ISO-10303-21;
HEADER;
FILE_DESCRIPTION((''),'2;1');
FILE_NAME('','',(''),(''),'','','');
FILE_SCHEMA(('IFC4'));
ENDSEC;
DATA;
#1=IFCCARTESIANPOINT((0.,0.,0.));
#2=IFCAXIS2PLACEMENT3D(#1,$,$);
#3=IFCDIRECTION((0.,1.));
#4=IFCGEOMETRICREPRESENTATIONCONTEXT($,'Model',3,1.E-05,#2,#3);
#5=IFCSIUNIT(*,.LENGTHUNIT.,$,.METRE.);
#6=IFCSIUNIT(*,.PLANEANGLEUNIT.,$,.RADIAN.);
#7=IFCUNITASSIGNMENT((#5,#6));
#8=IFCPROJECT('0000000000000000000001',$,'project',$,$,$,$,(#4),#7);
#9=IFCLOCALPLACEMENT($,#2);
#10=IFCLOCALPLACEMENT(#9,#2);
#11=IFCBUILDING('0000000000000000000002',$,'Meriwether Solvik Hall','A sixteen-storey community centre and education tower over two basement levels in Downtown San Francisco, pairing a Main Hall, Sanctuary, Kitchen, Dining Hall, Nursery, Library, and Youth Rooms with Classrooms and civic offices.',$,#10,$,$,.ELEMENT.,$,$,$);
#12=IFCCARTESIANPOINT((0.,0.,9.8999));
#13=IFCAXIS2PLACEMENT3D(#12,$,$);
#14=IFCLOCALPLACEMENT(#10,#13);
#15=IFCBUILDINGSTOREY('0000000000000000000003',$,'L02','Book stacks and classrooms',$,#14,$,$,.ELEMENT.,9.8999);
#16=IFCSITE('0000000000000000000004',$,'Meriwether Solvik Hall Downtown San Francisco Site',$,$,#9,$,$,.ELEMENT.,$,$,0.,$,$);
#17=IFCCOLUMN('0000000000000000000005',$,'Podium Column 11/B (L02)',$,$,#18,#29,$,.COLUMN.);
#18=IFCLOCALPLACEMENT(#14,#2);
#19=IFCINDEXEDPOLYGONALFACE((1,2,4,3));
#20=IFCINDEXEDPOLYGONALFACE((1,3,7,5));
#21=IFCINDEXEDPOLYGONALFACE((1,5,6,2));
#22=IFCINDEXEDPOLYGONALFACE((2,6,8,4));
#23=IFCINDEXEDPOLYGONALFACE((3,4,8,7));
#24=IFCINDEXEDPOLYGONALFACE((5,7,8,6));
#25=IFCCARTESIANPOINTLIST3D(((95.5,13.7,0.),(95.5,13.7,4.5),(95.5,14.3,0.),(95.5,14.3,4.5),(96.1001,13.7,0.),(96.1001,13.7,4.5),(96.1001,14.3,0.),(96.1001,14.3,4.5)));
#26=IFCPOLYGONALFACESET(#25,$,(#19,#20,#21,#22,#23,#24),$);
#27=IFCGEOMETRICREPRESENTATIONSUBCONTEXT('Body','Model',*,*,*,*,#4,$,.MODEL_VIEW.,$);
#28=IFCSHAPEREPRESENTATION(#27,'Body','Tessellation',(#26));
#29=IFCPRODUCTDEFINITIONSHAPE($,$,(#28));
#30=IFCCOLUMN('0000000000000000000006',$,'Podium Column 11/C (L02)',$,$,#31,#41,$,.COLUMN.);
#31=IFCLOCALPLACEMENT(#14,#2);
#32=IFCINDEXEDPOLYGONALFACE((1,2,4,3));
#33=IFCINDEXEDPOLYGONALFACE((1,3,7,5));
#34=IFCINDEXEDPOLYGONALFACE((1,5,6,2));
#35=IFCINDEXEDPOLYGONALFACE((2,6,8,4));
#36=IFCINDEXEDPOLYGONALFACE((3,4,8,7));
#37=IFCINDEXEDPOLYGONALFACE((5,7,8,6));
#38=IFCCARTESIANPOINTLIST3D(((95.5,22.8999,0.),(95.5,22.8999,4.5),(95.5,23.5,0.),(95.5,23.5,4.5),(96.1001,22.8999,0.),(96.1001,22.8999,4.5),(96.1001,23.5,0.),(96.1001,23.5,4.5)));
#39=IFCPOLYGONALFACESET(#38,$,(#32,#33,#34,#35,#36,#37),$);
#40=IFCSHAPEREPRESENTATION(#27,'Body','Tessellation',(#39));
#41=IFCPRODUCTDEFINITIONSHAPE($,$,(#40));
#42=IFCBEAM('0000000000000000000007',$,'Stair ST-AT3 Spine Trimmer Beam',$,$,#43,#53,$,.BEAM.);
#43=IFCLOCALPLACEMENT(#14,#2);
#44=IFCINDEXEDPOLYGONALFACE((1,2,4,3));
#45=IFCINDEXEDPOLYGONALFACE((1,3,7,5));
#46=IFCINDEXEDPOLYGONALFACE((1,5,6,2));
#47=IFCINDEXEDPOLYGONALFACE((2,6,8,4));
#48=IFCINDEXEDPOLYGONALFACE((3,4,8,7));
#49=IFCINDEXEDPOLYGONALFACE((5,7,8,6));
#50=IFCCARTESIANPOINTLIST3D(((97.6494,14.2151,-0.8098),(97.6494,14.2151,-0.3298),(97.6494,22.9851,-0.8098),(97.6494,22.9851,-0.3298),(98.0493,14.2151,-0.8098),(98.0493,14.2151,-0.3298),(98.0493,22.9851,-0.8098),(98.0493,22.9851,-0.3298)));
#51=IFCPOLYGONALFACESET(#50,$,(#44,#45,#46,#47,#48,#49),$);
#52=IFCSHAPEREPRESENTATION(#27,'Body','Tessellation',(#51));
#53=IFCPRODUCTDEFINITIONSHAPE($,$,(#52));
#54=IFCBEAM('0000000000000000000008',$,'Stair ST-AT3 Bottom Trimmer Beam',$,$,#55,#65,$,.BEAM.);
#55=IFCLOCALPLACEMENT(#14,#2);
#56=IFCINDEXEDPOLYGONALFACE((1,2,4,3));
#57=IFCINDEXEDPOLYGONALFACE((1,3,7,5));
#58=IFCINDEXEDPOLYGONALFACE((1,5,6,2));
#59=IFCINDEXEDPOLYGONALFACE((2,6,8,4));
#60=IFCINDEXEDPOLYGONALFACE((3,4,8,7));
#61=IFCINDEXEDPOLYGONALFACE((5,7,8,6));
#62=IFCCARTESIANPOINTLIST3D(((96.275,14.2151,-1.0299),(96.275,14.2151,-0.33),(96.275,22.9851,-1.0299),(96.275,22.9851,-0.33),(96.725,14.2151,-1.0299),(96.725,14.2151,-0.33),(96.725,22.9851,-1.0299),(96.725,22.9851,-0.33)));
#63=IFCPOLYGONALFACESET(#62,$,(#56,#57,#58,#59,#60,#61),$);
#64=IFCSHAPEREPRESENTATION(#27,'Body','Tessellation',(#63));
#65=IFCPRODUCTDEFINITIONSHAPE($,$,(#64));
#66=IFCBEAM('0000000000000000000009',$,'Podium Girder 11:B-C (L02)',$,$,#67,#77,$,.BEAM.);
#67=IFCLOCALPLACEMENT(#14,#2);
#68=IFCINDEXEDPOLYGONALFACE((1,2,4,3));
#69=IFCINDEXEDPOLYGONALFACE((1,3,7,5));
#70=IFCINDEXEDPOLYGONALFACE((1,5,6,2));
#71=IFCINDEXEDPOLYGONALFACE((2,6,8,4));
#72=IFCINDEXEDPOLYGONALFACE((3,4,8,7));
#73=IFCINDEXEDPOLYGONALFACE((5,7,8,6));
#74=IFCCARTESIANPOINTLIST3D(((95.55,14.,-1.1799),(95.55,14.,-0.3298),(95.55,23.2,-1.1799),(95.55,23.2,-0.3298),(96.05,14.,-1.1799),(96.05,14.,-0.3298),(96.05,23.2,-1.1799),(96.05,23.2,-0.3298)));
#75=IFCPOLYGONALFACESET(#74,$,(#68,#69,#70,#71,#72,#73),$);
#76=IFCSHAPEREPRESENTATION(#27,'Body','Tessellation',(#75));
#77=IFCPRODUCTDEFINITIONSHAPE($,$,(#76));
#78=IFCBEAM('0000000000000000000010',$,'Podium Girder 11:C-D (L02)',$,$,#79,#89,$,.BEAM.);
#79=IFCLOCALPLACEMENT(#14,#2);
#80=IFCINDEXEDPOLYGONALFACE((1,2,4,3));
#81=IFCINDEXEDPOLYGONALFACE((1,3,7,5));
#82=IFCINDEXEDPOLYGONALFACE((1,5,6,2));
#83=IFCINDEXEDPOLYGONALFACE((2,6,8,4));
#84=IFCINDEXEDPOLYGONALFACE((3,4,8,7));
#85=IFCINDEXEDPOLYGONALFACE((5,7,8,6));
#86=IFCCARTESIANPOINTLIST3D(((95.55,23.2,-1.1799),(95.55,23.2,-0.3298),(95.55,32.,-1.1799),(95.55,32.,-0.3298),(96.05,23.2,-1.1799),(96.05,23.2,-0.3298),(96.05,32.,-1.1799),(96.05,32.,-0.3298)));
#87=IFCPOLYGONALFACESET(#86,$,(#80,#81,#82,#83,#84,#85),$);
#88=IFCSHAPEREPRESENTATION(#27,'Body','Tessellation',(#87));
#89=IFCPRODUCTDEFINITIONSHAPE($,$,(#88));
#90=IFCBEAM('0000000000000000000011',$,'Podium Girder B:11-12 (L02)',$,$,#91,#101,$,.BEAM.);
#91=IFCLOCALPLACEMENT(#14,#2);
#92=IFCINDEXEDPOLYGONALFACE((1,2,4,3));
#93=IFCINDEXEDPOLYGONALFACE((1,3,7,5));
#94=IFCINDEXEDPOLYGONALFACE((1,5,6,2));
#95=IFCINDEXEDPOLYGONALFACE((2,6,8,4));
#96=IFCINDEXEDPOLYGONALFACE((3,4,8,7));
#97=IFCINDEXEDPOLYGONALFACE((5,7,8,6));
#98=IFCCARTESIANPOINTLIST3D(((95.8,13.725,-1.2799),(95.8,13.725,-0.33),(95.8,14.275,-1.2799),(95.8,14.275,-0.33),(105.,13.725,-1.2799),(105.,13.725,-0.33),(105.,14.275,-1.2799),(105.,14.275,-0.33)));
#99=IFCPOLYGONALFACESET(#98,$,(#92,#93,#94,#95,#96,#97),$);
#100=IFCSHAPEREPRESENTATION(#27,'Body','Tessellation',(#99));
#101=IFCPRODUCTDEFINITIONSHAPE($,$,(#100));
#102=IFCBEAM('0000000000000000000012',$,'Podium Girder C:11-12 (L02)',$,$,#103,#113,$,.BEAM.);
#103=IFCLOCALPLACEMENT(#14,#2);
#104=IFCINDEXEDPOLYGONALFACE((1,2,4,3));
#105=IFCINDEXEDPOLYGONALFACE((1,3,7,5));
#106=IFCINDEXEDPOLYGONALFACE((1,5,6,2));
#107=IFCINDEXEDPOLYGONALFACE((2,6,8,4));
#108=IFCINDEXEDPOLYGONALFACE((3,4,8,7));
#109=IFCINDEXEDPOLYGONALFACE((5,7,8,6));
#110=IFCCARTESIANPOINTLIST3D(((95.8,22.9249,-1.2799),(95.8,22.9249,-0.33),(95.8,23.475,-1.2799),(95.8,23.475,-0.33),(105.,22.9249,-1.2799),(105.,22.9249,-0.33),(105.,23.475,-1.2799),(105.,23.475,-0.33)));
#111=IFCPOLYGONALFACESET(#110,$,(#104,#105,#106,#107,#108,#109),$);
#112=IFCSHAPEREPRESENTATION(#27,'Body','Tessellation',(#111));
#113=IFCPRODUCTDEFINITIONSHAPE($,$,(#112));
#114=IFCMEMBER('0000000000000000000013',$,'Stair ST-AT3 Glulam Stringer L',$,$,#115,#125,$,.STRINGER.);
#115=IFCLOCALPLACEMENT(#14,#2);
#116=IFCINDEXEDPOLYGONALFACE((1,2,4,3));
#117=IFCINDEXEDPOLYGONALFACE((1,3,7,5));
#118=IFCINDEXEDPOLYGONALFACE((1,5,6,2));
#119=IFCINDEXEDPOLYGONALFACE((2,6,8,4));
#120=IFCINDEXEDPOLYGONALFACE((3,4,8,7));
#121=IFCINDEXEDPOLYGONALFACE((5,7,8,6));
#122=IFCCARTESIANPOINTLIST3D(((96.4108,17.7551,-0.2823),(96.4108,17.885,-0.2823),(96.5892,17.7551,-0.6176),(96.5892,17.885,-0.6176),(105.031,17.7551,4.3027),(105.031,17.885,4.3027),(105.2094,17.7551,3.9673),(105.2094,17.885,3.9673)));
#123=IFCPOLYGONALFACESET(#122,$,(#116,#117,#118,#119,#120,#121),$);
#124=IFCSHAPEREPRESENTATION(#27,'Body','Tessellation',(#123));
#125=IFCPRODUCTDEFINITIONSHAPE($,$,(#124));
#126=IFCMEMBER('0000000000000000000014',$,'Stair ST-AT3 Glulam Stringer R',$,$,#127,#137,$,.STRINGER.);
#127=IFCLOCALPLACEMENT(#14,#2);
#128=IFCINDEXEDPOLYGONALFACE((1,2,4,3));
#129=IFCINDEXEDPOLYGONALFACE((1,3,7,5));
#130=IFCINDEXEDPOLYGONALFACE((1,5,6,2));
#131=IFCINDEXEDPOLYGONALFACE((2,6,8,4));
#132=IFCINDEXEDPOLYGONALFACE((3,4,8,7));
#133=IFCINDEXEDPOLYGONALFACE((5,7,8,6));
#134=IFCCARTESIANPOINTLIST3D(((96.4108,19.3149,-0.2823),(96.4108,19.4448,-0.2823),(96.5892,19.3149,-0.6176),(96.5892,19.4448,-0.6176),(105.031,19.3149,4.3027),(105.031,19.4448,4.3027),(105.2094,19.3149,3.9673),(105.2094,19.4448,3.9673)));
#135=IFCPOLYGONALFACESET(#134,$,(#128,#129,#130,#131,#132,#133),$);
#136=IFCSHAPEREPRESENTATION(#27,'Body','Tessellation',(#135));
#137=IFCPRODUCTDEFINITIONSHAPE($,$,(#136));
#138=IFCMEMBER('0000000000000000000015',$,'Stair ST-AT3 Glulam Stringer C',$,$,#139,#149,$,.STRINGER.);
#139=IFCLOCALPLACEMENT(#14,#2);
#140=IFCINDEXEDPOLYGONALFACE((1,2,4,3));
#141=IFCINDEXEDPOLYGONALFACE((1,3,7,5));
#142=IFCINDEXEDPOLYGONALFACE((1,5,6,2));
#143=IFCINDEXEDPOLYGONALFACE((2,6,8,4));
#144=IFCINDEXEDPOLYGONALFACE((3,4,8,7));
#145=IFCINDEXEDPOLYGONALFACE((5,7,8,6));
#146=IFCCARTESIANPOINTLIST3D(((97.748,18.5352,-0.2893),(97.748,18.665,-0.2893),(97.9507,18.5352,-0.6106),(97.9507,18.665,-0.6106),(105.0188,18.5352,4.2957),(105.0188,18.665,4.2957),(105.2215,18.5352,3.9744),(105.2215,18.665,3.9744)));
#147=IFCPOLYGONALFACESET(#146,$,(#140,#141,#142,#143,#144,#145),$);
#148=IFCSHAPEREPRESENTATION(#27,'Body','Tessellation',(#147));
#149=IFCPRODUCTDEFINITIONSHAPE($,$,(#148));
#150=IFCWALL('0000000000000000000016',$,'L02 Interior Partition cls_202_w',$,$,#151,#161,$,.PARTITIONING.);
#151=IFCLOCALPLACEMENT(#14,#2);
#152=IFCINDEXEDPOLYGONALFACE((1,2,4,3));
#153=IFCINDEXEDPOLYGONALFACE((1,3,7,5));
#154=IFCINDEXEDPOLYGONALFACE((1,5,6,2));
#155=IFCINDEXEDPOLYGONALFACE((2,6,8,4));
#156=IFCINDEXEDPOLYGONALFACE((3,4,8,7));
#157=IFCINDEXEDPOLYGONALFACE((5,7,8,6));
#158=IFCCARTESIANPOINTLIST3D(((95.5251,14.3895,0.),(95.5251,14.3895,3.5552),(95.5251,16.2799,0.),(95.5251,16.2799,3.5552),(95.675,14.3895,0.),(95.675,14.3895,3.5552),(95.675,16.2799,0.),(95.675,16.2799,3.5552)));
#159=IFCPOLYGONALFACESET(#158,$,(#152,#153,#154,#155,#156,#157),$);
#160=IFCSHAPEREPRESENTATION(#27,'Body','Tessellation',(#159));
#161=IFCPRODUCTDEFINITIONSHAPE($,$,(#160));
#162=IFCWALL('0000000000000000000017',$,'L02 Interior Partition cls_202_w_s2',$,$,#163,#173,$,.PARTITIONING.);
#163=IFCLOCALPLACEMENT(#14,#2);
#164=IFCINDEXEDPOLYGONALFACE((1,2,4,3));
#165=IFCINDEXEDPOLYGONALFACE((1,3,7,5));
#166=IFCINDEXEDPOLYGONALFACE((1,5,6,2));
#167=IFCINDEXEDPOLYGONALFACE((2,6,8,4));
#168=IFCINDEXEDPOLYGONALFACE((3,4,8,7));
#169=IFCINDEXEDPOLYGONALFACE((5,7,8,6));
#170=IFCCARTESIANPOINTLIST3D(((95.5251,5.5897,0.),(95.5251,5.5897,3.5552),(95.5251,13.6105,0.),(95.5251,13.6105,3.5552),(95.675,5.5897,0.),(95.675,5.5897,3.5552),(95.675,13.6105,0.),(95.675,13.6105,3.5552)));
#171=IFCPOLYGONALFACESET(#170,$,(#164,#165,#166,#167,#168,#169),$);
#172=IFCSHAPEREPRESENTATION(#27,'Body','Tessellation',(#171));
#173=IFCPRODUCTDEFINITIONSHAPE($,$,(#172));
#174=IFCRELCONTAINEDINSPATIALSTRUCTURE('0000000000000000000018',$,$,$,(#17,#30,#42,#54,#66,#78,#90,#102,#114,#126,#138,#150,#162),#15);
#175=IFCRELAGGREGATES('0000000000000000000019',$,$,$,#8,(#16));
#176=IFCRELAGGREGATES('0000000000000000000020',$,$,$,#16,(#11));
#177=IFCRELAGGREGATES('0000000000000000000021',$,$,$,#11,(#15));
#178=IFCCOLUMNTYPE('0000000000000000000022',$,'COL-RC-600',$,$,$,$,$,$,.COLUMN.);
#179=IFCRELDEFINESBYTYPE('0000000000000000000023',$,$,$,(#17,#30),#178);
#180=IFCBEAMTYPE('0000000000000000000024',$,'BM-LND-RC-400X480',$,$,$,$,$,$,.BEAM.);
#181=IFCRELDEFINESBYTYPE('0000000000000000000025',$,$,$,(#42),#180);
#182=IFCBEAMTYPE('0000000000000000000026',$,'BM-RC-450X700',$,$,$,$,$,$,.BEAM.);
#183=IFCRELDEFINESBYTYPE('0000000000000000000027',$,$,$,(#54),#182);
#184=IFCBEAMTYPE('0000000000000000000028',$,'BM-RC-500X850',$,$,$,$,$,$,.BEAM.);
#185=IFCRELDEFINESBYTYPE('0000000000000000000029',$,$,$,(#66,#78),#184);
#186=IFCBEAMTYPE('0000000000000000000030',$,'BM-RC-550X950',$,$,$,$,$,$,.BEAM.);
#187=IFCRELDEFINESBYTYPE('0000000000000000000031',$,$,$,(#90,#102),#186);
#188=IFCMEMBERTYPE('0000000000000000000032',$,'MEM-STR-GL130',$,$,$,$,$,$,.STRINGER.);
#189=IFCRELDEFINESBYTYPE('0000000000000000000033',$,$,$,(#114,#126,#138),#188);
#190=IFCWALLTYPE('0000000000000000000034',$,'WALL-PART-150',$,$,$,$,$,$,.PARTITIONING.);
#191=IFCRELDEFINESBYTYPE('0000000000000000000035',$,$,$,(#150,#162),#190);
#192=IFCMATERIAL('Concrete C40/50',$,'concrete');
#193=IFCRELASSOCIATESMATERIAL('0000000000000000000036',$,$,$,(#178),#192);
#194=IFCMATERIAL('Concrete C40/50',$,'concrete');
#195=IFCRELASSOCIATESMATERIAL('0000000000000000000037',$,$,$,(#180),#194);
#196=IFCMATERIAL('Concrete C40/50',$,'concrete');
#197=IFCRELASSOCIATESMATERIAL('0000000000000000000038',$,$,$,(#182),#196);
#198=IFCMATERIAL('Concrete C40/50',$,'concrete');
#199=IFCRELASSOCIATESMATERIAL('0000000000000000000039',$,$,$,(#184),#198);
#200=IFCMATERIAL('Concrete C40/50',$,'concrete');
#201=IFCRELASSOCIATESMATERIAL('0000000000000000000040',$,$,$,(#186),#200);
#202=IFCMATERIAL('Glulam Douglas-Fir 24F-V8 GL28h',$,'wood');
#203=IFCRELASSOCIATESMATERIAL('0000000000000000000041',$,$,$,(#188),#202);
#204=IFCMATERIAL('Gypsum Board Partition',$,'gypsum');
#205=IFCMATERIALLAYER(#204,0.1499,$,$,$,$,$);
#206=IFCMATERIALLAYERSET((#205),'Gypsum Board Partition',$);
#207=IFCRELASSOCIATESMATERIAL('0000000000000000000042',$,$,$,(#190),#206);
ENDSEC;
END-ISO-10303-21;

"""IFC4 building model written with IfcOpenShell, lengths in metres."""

from ifc_helpers import new_model, si_unit, direction, frame, frame_2d, origin, origin_2d, place, context, subcontext, project, spatial, rectangle, extrude, material, layer, layer_set, material_profile, profile_set, type_object, element, save


model = new_model("IFC4")

# Units and contexts
model_context = context("Model", 3, precision=1e-05, world=origin(), true_north=direction((0.0, 1.0)))
body_context = subcontext(model_context, "Body", "Model", "MODEL_VIEW")
ifc_project = project(units=[si_unit("LENGTHUNIT", "METRE"), si_unit("PLANEANGLEUNIT", "RADIAN")], contexts=[model_context])

# Site, building, storey
site_placement = place(None, origin())
site = spatial("IfcSite", under=ifc_project, at=site_placement, Name="Meriwether Solvik Hall Downtown San Francisco Site", CompositionType="ELEMENT", RefElevation=0.0)
building_placement = place(site_placement, origin())
building = spatial("IfcBuilding", under=site, at=building_placement, Name="Meriwether Solvik Hall", Description="A sixteen-storey community centre and education tower over two basement levels in Downtown San Francisco, pairing a Main Hall, Sanctuary, Kitchen, Dining Hall, Nursery, Library, and Youth Rooms with Classrooms and civic offices.", CompositionType="ELEMENT")
storey_placement = place(building_placement, frame((0.0, 0.0, 9.8999)))
storey = spatial("IfcBuildingStorey", under=building, at=storey_placement, Name="L02", Description="Book stacks and classrooms", CompositionType="ELEMENT", Elevation=9.8999)

# Columns
ifc_material_1 = material(Name="Concrete C40/50", Category="concrete")
ifc_material_profile_1 = material_profile(ifc_material_1, rectangle(XDim=0.6001, YDim=0.6001, at=origin_2d()), Name="RCC-600X600")
ifc_profile_set_1 = profile_set([ifc_material_profile_1], Name="Concrete C40/50")
column_type = type_object("IfcColumnType", Name="COL-RC-600", PredefinedType="COLUMN", material=ifc_profile_set_1)
for number, where, z_axis, x_axis, name in (
    (1, (95.8, 14.0, 0.0), (0.0, 0.0, 1.0), (1.0, 0.0, 0.0), "Podium Column 11/B (L02)"),
    (2, (95.8, 23.2, 0.0), (0.0, 0.0, 1.0), (1.0, 0.0, 0.0), "Podium Column 11/C (L02)"),
):
    element("IfcColumn", number, at=place(storey_placement, frame(where, z_axis=z_axis, x_axis=x_axis)), inside=storey, type_object=column_type, Name=name, PredefinedType="COLUMN", context=body_context, shape_type="SweptSolid", body=[
        extrude(rectangle(XDim=0.6001, YDim=0.6001, at=origin_2d()), origin(), (0.0, 0.0, 1.0), 4.5),
    ])

# Beams
ifc_material_2 = material(Name="Concrete C40/50", Category="concrete")
ifc_material_profile_2 = material_profile(ifc_material_2, rectangle(XDim=0.3999, YDim=0.48, at=origin_2d()), Name="RCB-400X480")
ifc_profile_set_2 = profile_set([ifc_material_profile_2], Name="Concrete C40/50")
beam_type_1 = type_object("IfcBeamType", Name="BM-LND-RC-400X480", PredefinedType="BEAM", material=ifc_profile_set_2)
beam_1_placement = place(storey_placement, frame((97.8494, 14.2151, -0.5698), z_axis=(0.0, 1.0, 0.0), x_axis=(-1.0, 0.0, 0.0)))
element("IfcBeam", 3, at=beam_1_placement, inside=storey, type_object=beam_type_1, Name="Stair ST-AT3 Spine Trimmer Beam", PredefinedType="BEAM", context=body_context, shape_type="SweptSolid", body=[
    extrude(rectangle(XDim=0.3999, YDim=0.48, at=origin_2d()), origin(), (0.0, 0.0, 1.0), 8.77),
])
ifc_material_3 = material(Name="Concrete C40/50", Category="concrete")
ifc_material_profile_3 = material_profile(ifc_material_3, rectangle(XDim=0.45, YDim=0.7, at=origin_2d()), Name="RCB-450X700")
ifc_profile_set_3 = profile_set([ifc_material_profile_3], Name="Concrete C40/50")
beam_type_2 = type_object("IfcBeamType", Name="BM-RC-450X700", PredefinedType="BEAM", material=ifc_profile_set_3)
beam_2_placement = place(storey_placement, frame((96.5, 14.2151, -0.6799), z_axis=(0.0, 1.0, 0.0), x_axis=(-1.0, 0.0, 0.0)))
element("IfcBeam", 4, at=beam_2_placement, inside=storey, type_object=beam_type_2, Name="Stair ST-AT3 Bottom Trimmer Beam", PredefinedType="BEAM", context=body_context, shape_type="SweptSolid", body=[
    extrude(rectangle(XDim=0.45, YDim=0.7, at=origin_2d()), origin(), (0.0, 0.0, 1.0), 8.77),
])
ifc_material_4 = material(Name="Concrete C40/50", Category="concrete")
ifc_material_profile_4 = material_profile(ifc_material_4, rectangle(XDim=0.5, YDim=0.8501, at=origin_2d()), Name="RCB-500X850")
ifc_profile_set_4 = profile_set([ifc_material_profile_4], Name="Concrete C40/50")
beam_type_3 = type_object("IfcBeamType", Name="BM-RC-500X850", PredefinedType="BEAM", material=ifc_profile_set_4)
beam_3_placement = place(storey_placement, frame((95.8, 14.0, -0.7549), z_axis=(0.0, 1.0, 0.0), x_axis=(-1.0, 0.0, 0.0)))
element("IfcBeam", 5, at=beam_3_placement, inside=storey, type_object=beam_type_3, Name="Podium Girder 11:B-C (L02)", PredefinedType="BEAM", context=body_context, shape_type="SweptSolid", body=[
    extrude(rectangle(XDim=0.5, YDim=0.8501, at=origin_2d()), origin(), (0.0, 0.0, 1.0), 9.2),
])
beam_4_placement = place(storey_placement, frame((95.8, 23.2, -0.7549), z_axis=(0.0, 1.0, 0.0), x_axis=(-1.0, 0.0, 0.0)))
element("IfcBeam", 6, at=beam_4_placement, inside=storey, type_object=beam_type_3, Name="Podium Girder 11:C-D (L02)", PredefinedType="BEAM", context=body_context, shape_type="SweptSolid", body=[
    extrude(rectangle(XDim=0.5, YDim=0.8501, at=origin_2d()), origin(), (0.0, 0.0, 1.0), 8.8),
])
ifc_material_5 = material(Name="Concrete C40/50", Category="concrete")
ifc_material_profile_5 = material_profile(ifc_material_5, rectangle(XDim=0.55, YDim=0.95, at=origin_2d()), Name="RCB-550X950")
ifc_profile_set_5 = profile_set([ifc_material_profile_5], Name="Concrete C40/50")
beam_type_4 = type_object("IfcBeamType", Name="BM-RC-550X950", PredefinedType="BEAM", material=ifc_profile_set_5)
for number, where, z_axis, x_axis, name in (
    (7, (95.8, 14.0, -0.8049), (1.0, 0.0, 0.0), (0.0, 1.0, 0.0), "Podium Girder B:11-12 (L02)"),
    (8, (95.8, 23.2, -0.8049), (1.0, 0.0, 0.0), (0.0, 1.0, 0.0), "Podium Girder C:11-12 (L02)"),
):
    element("IfcBeam", number, at=place(storey_placement, frame(where, z_axis=z_axis, x_axis=x_axis)), inside=storey, type_object=beam_type_4, Name=name, PredefinedType="BEAM", context=body_context, shape_type="SweptSolid", body=[
        extrude(rectangle(XDim=0.55, YDim=0.95, at=origin_2d()), origin(), (0.0, 0.0, 1.0), 9.2),
    ])

# Members
ifc_material_6 = material(Name="Glulam Douglas-Fir 24F-V8 GL28h", Category="wood")
ifc_material_profile_6 = material_profile(ifc_material_6, rectangle(XDim=0.1299, YDim=0.3799, at=origin_2d()), Name="GLM-130X380")
ifc_profile_set_6 = profile_set([ifc_material_profile_6], Name="Glulam Douglas-Fir 24F-V8 GL28h")
member_type = type_object("IfcMemberType", Name="MEM-STR-GL130", PredefinedType="STRINGER", material=ifc_profile_set_6)
for number, where, z_axis, x_axis, name in (
    (9, (96.5, 17.8201, -0.45), (0.882881, 0.0, 0.469596), (0.0, 1.0, 0.0), "Stair ST-AT3 Glulam Stringer L"),
    (10, (96.5, 19.3799, -0.45), (0.882881, 0.0, 0.469596), (0.0, 1.0, 0.0), "Stair ST-AT3 Glulam Stringer R"),
):
    element("IfcMember", number, at=place(storey_placement, frame(where, z_axis=z_axis, x_axis=x_axis)), inside=storey, type_object=member_type, Name=name, PredefinedType="STRINGER", context=body_context, shape_type="SweptSolid", body=[
        extrude(rectangle(XDim=0.1299, YDim=0.3799, at=origin_2d()), origin(), (0.0, 0.0, 1.0), 9.7637),
    ])
member_placement = place(storey_placement, frame((97.8494, 18.6001, -0.45), z_axis=(0.845861, 0.0, 0.533403), x_axis=(0.0, 1.0, 0.0)))
element("IfcMember", 11, at=member_placement, inside=storey, type_object=member_type, Name="Stair ST-AT3 Glulam Stringer C", PredefinedType="STRINGER", context=body_context, shape_type="SweptSolid", body=[
    extrude(rectangle(XDim=0.1299, YDim=0.3799, at=origin_2d()), origin(), (0.0, 0.0, 1.0), 8.5957),
])

# Walls
ifc_material_7 = material(Name="Gypsum Board Partition", Category="gypsum")
ifc_layer_1 = layer(ifc_material_7, 0.1499)
ifc_layer_set_1 = layer_set([ifc_layer_1], Name="Gypsum Board Partition")
wall_type = type_object("IfcWallType", Name="WALL-PART-150", PredefinedType="PARTITIONING", material=ifc_layer_set_1)
wall_1_placement = place(storey_placement, frame((95.6001, 16.28, 0.0), z_axis=(0.0, 0.0, 1.0), x_axis=(0.0, -1.0, 0.0)))
element("IfcWall", 12, at=wall_1_placement, inside=storey, type_object=wall_type, Name="L02 Interior Partition cls_202_w", PredefinedType="PARTITIONING", context=body_context, shape_type="SweptSolid", body=[
    extrude(rectangle(XDim=1.8904, YDim=0.1499, at=frame_2d((0.9453, 0.0))), origin(), (0.0, 0.0, 1.0), 3.5552),
])
wall_2_placement = place(storey_placement, frame((95.6001, 13.6104, 0.0), z_axis=(0.0, 0.0, 1.0), x_axis=(0.0, -1.0, 0.0)))
element("IfcWall", 13, at=wall_2_placement, inside=storey, type_object=wall_type, Name="L02 Interior Partition cls_202_w_s2", PredefinedType="PARTITIONING", context=body_context, shape_type="SweptSolid", body=[
    extrude(rectangle(XDim=8.0208, YDim=0.1499, at=frame_2d((4.0103, 0.0))), origin(), (0.0, 0.0, 1.0), 3.5552),
])

save(model, "model.ifc")
